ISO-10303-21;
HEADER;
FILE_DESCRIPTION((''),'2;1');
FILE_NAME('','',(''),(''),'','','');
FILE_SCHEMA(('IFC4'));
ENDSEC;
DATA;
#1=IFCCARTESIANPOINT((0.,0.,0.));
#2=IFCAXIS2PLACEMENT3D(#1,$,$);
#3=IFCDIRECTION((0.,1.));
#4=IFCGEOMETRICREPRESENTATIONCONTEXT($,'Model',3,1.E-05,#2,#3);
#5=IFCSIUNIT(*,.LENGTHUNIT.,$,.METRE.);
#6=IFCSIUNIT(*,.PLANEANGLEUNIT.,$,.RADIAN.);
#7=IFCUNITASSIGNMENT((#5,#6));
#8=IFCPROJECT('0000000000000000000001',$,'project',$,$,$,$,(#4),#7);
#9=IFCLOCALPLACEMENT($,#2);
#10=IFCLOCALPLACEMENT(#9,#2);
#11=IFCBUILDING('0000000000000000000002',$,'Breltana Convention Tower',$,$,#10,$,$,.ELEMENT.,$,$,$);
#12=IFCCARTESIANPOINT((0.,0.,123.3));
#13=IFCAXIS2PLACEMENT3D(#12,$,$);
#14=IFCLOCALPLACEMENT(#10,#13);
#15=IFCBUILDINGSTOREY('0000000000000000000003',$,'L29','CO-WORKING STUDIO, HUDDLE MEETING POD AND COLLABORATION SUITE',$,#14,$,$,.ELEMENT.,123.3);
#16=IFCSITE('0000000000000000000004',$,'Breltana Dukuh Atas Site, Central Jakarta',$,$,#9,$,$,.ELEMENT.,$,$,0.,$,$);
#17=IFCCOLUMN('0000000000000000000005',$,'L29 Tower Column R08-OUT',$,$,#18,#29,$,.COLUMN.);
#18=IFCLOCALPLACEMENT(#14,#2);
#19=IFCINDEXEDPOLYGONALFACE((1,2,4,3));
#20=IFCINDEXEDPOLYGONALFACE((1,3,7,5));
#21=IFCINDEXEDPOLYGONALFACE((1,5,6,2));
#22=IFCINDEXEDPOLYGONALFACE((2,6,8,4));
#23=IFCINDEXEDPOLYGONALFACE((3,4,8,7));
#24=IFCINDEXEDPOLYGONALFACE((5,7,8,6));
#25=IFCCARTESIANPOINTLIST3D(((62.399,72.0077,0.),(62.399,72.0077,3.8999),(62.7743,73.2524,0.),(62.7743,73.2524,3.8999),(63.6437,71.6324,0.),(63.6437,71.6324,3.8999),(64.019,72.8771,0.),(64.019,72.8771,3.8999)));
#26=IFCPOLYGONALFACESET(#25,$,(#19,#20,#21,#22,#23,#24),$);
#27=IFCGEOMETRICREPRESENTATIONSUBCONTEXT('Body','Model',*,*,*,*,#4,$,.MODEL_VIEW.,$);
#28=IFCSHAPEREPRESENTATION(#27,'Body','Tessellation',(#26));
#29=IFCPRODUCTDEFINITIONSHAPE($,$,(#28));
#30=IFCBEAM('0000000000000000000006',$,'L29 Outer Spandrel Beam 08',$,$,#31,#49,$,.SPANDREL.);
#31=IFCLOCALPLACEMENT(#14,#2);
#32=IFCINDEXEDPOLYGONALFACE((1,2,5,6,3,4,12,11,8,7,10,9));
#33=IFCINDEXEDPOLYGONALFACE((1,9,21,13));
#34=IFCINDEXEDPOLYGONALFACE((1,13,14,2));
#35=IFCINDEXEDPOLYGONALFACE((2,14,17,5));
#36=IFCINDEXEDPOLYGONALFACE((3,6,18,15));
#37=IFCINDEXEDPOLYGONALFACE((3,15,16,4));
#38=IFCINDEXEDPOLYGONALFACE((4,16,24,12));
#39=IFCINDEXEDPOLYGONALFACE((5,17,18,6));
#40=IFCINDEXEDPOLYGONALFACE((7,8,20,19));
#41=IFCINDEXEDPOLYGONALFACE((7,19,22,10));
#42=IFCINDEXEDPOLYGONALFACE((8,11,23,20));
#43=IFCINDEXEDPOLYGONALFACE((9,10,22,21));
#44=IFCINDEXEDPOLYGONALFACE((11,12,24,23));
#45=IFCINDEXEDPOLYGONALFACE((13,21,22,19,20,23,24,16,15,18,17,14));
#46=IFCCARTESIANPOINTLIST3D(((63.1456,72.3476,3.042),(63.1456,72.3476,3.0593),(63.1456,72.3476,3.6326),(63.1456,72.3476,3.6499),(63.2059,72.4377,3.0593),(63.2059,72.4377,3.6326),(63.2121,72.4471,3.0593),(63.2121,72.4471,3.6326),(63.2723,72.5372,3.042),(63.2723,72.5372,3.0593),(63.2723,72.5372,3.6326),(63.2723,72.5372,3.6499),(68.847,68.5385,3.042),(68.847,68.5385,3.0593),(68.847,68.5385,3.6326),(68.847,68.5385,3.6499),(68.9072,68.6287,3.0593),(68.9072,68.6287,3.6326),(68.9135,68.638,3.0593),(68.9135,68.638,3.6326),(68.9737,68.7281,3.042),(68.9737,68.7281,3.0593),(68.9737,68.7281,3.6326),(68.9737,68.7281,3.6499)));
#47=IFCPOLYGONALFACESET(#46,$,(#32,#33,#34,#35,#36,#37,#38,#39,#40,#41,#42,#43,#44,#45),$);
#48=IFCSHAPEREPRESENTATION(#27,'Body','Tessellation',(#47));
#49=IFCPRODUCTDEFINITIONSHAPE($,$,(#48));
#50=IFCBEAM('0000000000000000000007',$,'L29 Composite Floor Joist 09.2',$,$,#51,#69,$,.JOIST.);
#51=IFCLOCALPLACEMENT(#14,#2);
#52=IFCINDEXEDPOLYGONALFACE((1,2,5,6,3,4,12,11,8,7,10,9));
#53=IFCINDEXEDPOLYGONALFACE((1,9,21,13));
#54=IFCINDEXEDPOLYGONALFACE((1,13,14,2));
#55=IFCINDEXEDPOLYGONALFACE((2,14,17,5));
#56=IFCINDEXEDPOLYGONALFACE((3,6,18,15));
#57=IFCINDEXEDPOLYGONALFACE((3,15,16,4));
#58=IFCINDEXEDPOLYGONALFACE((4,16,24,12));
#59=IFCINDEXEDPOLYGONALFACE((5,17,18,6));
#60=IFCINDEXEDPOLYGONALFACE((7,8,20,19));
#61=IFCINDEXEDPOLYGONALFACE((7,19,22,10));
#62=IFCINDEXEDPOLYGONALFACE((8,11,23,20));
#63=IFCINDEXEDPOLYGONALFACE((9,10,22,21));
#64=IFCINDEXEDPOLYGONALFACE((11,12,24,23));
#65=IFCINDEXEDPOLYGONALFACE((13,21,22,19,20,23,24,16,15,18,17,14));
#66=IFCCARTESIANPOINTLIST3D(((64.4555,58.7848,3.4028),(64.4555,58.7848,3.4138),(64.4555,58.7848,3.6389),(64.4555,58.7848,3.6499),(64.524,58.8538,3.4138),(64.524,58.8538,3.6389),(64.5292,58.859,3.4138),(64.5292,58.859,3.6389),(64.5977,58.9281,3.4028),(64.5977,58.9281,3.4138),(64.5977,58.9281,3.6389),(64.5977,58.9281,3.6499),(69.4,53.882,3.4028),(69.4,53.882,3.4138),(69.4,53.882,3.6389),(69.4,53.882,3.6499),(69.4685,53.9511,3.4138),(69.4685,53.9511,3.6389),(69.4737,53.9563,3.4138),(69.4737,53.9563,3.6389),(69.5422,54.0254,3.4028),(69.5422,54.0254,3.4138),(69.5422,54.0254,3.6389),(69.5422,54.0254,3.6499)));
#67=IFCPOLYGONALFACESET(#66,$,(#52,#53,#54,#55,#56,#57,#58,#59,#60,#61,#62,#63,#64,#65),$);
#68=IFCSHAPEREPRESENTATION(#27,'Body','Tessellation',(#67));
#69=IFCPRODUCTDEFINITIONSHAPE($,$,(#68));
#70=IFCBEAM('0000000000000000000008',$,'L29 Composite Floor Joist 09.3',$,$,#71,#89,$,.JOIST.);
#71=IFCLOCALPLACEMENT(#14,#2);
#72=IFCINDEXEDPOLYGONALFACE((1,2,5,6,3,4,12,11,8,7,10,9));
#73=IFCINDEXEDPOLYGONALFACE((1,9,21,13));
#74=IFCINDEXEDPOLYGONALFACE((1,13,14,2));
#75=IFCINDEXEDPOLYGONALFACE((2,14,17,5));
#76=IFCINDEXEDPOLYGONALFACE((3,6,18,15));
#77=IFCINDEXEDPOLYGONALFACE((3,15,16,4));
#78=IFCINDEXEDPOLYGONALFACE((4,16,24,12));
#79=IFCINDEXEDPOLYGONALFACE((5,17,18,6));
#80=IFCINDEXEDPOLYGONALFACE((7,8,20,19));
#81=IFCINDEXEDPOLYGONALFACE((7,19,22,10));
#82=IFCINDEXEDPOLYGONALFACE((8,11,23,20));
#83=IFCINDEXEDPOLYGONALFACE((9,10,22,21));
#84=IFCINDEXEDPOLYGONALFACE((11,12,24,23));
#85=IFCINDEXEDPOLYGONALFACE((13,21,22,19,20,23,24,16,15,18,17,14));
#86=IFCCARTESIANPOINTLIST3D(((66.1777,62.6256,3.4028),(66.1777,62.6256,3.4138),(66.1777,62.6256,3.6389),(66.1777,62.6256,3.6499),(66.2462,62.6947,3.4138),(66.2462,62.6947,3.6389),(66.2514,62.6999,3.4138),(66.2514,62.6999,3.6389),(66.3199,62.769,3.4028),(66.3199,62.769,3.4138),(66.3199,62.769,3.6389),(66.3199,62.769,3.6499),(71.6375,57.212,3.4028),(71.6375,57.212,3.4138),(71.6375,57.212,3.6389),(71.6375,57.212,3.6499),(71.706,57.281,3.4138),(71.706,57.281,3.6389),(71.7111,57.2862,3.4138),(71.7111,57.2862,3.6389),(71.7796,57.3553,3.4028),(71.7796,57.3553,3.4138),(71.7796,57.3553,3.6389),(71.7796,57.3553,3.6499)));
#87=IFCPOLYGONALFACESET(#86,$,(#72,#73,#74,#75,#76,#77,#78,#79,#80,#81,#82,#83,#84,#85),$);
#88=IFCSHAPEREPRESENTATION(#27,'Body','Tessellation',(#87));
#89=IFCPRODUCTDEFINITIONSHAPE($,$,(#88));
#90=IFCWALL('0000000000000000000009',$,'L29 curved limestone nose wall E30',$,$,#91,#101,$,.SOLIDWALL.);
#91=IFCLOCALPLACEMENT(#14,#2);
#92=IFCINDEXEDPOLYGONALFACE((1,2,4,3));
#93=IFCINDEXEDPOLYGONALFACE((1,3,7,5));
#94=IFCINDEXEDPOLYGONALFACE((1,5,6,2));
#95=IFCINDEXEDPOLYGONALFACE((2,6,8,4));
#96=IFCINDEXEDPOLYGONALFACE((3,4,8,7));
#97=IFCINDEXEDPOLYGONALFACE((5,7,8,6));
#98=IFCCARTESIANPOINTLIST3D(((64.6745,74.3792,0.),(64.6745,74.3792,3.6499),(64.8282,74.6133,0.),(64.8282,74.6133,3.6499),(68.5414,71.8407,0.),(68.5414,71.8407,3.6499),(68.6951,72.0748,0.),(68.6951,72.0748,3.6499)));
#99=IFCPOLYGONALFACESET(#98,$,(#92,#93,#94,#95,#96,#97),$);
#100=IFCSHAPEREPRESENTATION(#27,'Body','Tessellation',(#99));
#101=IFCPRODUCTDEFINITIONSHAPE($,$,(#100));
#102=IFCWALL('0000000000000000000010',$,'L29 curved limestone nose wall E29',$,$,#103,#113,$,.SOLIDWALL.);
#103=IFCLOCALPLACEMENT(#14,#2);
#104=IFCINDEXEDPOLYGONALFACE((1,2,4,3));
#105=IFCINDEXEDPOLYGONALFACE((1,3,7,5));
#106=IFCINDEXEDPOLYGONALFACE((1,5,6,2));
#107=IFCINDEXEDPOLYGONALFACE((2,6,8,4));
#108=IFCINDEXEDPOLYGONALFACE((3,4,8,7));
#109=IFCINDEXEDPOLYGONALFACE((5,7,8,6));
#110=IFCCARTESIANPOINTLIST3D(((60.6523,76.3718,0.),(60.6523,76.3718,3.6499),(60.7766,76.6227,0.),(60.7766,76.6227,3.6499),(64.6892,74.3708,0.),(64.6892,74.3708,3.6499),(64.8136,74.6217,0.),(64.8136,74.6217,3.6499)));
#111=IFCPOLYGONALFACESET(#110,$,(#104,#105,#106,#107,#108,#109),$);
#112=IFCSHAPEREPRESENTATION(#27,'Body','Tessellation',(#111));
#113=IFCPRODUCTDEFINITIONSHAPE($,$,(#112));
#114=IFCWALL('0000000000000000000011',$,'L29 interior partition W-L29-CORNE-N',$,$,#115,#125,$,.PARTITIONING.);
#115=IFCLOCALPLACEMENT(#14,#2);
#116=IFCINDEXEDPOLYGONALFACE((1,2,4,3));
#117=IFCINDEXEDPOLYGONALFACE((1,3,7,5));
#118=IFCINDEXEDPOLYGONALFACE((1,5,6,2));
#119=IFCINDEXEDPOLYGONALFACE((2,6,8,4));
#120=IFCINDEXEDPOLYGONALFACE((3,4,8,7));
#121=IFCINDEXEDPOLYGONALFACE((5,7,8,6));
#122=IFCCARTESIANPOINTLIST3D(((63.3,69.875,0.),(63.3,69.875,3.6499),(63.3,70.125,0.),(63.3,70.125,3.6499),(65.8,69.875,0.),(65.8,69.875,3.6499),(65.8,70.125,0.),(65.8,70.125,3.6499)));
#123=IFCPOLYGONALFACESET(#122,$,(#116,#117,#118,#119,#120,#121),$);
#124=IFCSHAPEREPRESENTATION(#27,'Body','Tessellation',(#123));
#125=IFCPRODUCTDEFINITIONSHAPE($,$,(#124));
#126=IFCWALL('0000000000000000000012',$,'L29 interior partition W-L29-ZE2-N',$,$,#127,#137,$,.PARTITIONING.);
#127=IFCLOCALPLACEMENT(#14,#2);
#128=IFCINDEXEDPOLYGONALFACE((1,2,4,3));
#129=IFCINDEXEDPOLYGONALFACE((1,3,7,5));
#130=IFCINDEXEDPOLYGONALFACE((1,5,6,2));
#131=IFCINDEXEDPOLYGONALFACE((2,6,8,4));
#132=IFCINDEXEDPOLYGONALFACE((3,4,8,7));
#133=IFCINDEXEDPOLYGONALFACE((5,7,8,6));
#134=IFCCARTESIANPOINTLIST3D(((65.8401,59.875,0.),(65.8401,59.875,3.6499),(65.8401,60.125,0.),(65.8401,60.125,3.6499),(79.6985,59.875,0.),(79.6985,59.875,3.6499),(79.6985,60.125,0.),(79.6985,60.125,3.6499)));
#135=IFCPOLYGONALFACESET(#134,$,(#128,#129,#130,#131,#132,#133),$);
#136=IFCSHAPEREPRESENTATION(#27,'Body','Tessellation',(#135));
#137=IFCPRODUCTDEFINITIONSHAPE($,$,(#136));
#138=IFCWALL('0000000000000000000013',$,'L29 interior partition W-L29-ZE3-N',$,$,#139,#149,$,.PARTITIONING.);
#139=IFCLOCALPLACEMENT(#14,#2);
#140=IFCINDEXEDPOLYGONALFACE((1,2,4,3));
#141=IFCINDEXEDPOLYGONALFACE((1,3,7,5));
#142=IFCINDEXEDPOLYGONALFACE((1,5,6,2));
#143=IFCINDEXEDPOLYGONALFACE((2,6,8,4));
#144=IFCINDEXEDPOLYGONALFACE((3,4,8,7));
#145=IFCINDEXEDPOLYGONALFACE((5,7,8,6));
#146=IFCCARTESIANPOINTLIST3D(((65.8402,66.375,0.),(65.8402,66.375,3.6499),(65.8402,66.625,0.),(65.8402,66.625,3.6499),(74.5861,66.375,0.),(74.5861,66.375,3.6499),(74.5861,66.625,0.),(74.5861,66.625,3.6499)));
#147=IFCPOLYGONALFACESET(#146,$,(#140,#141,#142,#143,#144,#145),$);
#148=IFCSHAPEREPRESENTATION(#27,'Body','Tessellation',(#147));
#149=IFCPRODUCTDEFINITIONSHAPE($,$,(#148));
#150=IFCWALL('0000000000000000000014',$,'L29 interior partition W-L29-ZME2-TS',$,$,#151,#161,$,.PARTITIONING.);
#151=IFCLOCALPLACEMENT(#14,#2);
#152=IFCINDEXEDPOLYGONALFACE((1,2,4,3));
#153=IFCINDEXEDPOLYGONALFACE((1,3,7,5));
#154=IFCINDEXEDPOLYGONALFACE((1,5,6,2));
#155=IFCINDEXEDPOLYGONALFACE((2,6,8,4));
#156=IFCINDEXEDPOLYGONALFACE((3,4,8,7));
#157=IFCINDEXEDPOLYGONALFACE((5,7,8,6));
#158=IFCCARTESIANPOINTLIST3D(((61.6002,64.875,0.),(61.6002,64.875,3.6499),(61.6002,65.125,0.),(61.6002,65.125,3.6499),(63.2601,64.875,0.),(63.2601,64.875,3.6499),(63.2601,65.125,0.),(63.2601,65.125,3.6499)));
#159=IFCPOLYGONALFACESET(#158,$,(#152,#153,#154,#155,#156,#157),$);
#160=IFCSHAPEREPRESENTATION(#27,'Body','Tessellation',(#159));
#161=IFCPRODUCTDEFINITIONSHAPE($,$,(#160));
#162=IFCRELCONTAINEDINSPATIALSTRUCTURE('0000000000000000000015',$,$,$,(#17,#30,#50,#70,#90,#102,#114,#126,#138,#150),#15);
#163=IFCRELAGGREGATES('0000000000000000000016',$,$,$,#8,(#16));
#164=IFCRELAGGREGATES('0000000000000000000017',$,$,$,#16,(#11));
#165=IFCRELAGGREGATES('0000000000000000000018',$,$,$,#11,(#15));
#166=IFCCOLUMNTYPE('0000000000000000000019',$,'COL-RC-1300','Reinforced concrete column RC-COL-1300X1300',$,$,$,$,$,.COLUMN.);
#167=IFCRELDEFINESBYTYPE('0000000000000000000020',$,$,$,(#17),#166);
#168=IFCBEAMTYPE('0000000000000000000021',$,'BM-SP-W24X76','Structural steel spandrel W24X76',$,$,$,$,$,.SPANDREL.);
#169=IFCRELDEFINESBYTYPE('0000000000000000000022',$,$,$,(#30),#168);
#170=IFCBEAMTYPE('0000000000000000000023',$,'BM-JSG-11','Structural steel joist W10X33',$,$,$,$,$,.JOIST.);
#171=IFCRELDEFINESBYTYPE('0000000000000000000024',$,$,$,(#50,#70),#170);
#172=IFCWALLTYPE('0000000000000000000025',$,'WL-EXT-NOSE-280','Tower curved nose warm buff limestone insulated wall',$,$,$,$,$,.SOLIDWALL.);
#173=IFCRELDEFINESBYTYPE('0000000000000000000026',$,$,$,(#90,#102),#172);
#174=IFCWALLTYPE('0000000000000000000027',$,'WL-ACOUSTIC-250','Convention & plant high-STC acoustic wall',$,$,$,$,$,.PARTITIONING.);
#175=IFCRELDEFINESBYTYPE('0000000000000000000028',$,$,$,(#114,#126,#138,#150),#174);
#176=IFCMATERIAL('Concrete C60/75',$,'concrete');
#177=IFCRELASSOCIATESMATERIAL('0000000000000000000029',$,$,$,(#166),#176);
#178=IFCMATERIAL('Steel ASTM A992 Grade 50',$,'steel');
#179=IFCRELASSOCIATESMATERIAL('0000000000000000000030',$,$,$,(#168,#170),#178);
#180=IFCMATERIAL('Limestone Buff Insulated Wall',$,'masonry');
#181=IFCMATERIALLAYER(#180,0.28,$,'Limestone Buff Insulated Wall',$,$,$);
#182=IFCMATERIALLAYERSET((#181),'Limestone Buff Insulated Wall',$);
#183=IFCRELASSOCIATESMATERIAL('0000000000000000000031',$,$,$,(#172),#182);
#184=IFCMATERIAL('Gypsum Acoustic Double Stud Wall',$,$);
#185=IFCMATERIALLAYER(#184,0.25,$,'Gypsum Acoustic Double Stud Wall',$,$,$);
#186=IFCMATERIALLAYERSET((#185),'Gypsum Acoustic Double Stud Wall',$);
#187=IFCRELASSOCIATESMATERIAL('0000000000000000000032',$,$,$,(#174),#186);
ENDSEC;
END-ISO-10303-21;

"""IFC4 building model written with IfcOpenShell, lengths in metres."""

from ifc_helpers import new_model, si_unit, direction, frame, frame_2d, origin, origin_2d, place, context, subcontext, project, spatial, rectangle, i_section, extrude, source, transform, mapped, material, layer, layer_set, material_profile, profile_set, type_object, element, save


model = new_model("IFC4")

# Units and contexts
model_context = context("Model", 3, precision=1e-05, world=origin(), true_north=direction((0.0, 1.0)))
body_context = subcontext(model_context, "Body", "Model", "MODEL_VIEW")
ifc_project = project(units=[si_unit("LENGTHUNIT", "METRE"), si_unit("PLANEANGLEUNIT", "RADIAN")], contexts=[model_context])

# Site, building, storey
site_placement = place(None, origin())
site = spatial("IfcSite", under=ifc_project, at=site_placement, Name="Breltana Dukuh Atas Site, Central Jakarta", CompositionType="ELEMENT", RefElevation=0.0)
building_placement = place(site_placement, origin())
building = spatial("IfcBuilding", under=site, at=building_placement, Name="Breltana Convention Tower", CompositionType="ELEMENT")
storey_placement = place(building_placement, frame((0.0, 0.0, 123.3)))
storey = spatial("IfcBuildingStorey", under=building, at=storey_placement, Name="L29", Description="CO-WORKING STUDIO, HUDDLE MEETING POD AND COLLABORATION SUITE", CompositionType="ELEMENT", Elevation=123.3)

# Column
ifc_material_1 = material(Name="Concrete C60/75", Category="concrete")
ifc_material_profile_1 = material_profile(ifc_material_1, rectangle(XDim=1.3, YDim=1.3, at=origin_2d()), Name="RC-COL-1300X1300")
ifc_profile_set_1 = profile_set([ifc_material_profile_1], Name="Concrete C60/75")
column_type = type_object("IfcColumnType", Name="COL-RC-1300", Description="Reinforced concrete column RC-COL-1300X1300", PredefinedType="COLUMN", material=ifc_profile_set_1)
shared_shape_1 = source(origin(), body_context, "Body", "SweptSolid", [
    extrude(rectangle(XDim=1.3, YDim=1.3, at=origin_2d()), origin(), (0.0, 0.0, 1.0), 3.8999),
])
column_placement = place(storey_placement, frame((63.209, 72.4424, 0.0), z_axis=(0.0, 0.0, 1.0), x_axis=(0.288698, 0.95742, 0.0)))
element("IfcColumn", 1, at=column_placement, inside=storey, type_object=column_type, Name="L29 Tower Column R08-OUT", PredefinedType="COLUMN", context=body_context, shape_type="MappedRepresentation", body=[
    mapped(shared_shape_1, transform((0.0, 0.0, 0.0), scale=1.0)),
])

# Beams
ifc_material_2 = material(Name="Steel ASTM A992 Grade 50", Category="steel")
ifc_material_profile_2 = material_profile(ifc_material_2, i_section(OverallWidth=0.228, OverallDepth=0.6079, WebThickness=0.0112, FlangeThickness=0.0173, at=origin_2d()), Name="W24X76")
ifc_profile_set_2 = profile_set([ifc_material_profile_2], Name="Steel ASTM A992 Grade 50")
beam_type_1 = type_object("IfcBeamType", Name="BM-SP-W24X76", Description="Structural steel spandrel W24X76", PredefinedType="SPANDREL", material=ifc_profile_set_2)
shared_shape_2 = source(origin(), body_context, "Body", "SweptSolid", [
    extrude(i_section(OverallWidth=0.228, OverallDepth=0.6079, WebThickness=0.0112, FlangeThickness=0.0173, at=origin_2d()), origin(), (0.0, 0.0, 1.0), 6.8567),
])
beam_1_placement = place(storey_placement, frame((63.209, 72.4424, 3.3459), z_axis=(0.831502, -0.555522, 0.0), x_axis=(0.555522, 0.831502, 0.0)))
element("IfcBeam", 2, at=beam_1_placement, inside=storey, type_object=beam_type_1, Name="L29 Outer Spandrel Beam 08", PredefinedType="SPANDREL", context=body_context, shape_type="MappedRepresentation", body=[
    mapped(shared_shape_2, transform((0.0, 0.0, 0.0), scale=1.0)),
])
ifc_material_profile_3 = material_profile(ifc_material_2, i_section(OverallWidth=0.2019, OverallDepth=0.2471, WebThickness=0.0073, FlangeThickness=0.011, at=origin_2d()), Name="W10X33")
ifc_profile_set_3 = profile_set([ifc_material_profile_3], Name="Steel ASTM A992 Grade 50")
beam_type_2 = type_object("IfcBeamType", Name="BM-JSG-11", Description="Structural steel joist W10X33", PredefinedType="JOIST", material=ifc_profile_set_3)
shared_shape_3 = source(origin(), body_context, "Body", "SweptSolid", [
    extrude(i_section(OverallWidth=0.2019, OverallDepth=0.2471, WebThickness=0.0073, FlangeThickness=0.011, at=origin_2d()), origin(), (0.0, 0.0, 1.0), 6.9631),
])
beam_2_placement = place(storey_placement, frame((64.5266, 58.8564, 3.5264), z_axis=(0.710098, -0.704103, 0.0), x_axis=(0.704103, 0.710098, 0.0)))
element("IfcBeam", 3, at=beam_2_placement, inside=storey, type_object=beam_type_2, Name="L29 Composite Floor Joist 09.2", PredefinedType="JOIST", context=body_context, shape_type="MappedRepresentation", body=[
    mapped(shared_shape_3, transform((0.0, 0.0, 0.0), scale=1.0)),
])
shared_shape_4 = source(origin(), body_context, "Body", "SweptSolid", [
    extrude(i_section(OverallWidth=0.2019, OverallDepth=0.2471, WebThickness=0.0073, FlangeThickness=0.011, at=origin_2d()), origin(), (0.0, 0.0, 1.0), 7.6887),
])
beam_3_placement = place(storey_placement, frame((66.2488, 62.6973, 3.5264), z_axis=(0.710101, -0.7041, 0.0), x_axis=(0.7041, 0.710101, 0.0)))
element("IfcBeam", 4, at=beam_3_placement, inside=storey, type_object=beam_type_2, Name="L29 Composite Floor Joist 09.3", PredefinedType="JOIST", context=body_context, shape_type="MappedRepresentation", body=[
    mapped(shared_shape_4, transform((0.0, 0.0, 0.0), scale=1.0)),
])

# Walls
ifc_material_3 = material(Name="Limestone Buff Insulated Wall", Category="masonry")
ifc_layer_1 = layer(ifc_material_3, 0.28, Name="Limestone Buff Insulated Wall")
ifc_layer_set_1 = layer_set([ifc_layer_1], Name="Limestone Buff Insulated Wall")
wall_type_1 = type_object("IfcWallType", Name="WL-EXT-NOSE-280", Description="Tower curved nose warm buff limestone insulated wall", PredefinedType="SOLIDWALL", material=ifc_layer_set_1)
shared_shape_5 = source(origin(), body_context, "Body", "SweptSolid", [
    extrude(rectangle(XDim=4.6257, YDim=0.28, at=frame_2d((2.313, 0.0))), origin(), (0.0, 0.0, 1.0), 3.6499),
])
wall_1_placement = place(storey_placement, frame((64.7512, 74.4963, 0.0), z_axis=(0.0, 0.0, 1.0), x_axis=(0.835959, -0.548791, 0.0)))
element("IfcWall", 5, at=wall_1_placement, inside=storey, type_object=wall_type_1, Name="L29 curved limestone nose wall E30", PredefinedType="SOLIDWALL", context=body_context, shape_type="MappedRepresentation", body=[
    mapped(shared_shape_5, transform((0.0, 0.0, 0.0), scale=1.0)),
])
shared_shape_6 = source(origin(), body_context, "Body", "SweptSolid", [
    extrude(rectangle(XDim=4.5056, YDim=0.28, at=frame_2d((2.2529, 0.0))), origin(), (0.0, 0.0, 1.0), 3.6499),
])
wall_2_placement = place(storey_placement, frame((60.7144, 76.4973, 0.0), z_axis=(0.0, 0.0, 1.0), x_axis=(0.895972, -0.444111, 0.0)))
element("IfcWall", 6, at=wall_2_placement, inside=storey, type_object=wall_type_1, Name="L29 curved limestone nose wall E29", PredefinedType="SOLIDWALL", context=body_context, shape_type="MappedRepresentation", body=[
    mapped(shared_shape_6, transform((0.0, 0.0, 0.0), scale=1.0)),
])
ifc_material_4 = material(Name="Gypsum Acoustic Double Stud Wall")
ifc_layer_2 = layer(ifc_material_4, 0.25, Name="Gypsum Acoustic Double Stud Wall")
ifc_layer_set_2 = layer_set([ifc_layer_2], Name="Gypsum Acoustic Double Stud Wall")
wall_type_2 = type_object("IfcWallType", Name="WL-ACOUSTIC-250", Description="Convention & plant high-STC acoustic wall", PredefinedType="PARTITIONING", material=ifc_layer_set_2)
shared_shape_7 = source(origin(), body_context, "Body", "SweptSolid", [
    extrude(rectangle(XDim=2.5, YDim=0.25, at=frame_2d((1.25, 0.0))), origin(), (0.0, 0.0, 1.0), 3.6499),
])
wall_3_placement = place(storey_placement, frame((63.3, 70.0, 0.0), z_axis=(0.0, 0.0, 1.0), x_axis=(1.0, 0.0, 0.0)))
element("IfcWall", 7, at=wall_3_placement, inside=storey, type_object=wall_type_2, Name="L29 interior partition W-L29-CORNE-N", PredefinedType="PARTITIONING", context=body_context, shape_type="MappedRepresentation", body=[
    mapped(shared_shape_7, transform((0.0, 0.0, 0.0), scale=1.0)),
])
shared_shape_8 = source(origin(), body_context, "Body", "SweptSolid", [
    extrude(rectangle(XDim=13.8584, YDim=0.25, at=frame_2d((6.9292, 0.0))), origin(), (0.0, 0.0, 1.0), 3.6499),
])
wall_4_placement = place(storey_placement, frame((65.8401, 60.0, 0.0), z_axis=(0.0, 0.0, 1.0), x_axis=(1.0, 0.0, 0.0)))
element("IfcWall", 8, at=wall_4_placement, inside=storey, type_object=wall_type_2, Name="L29 interior partition W-L29-ZE2-N", PredefinedType="PARTITIONING", context=body_context, shape_type="MappedRepresentation", body=[
    mapped(shared_shape_8, transform((0.0, 0.0, 0.0), scale=1.0)),
])

# Wall
shared_shape_9 = source(origin(), body_context, "Body", "SweptSolid", [
    extrude(rectangle(XDim=8.7458, YDim=0.25, at=frame_2d((4.373, 0.0))), origin(), (0.0, 0.0, 1.0), 3.6499),
])
wall_5_placement = place(storey_placement, frame((65.8401, 66.5, 0.0), z_axis=(0.0, 0.0, 1.0), x_axis=(1.0, 0.0, 0.0)))
element("IfcWall", 9, at=wall_5_placement, inside=storey, type_object=wall_type_2, Name="L29 interior partition W-L29-ZE3-N", PredefinedType="PARTITIONING", context=body_context, shape_type="MappedRepresentation", body=[
    mapped(shared_shape_9, transform((0.0, 0.0, 0.0), scale=1.0)),
])

# Wall
shared_shape_10 = source(origin(), body_context, "Body", "SweptSolid", [
    extrude(rectangle(XDim=1.6599, YDim=0.25, at=frame_2d((0.8301, 0.0))), origin(), (0.0, 0.0, 1.0), 3.6499),
])
wall_6_placement = place(storey_placement, frame((61.6001, 65.0, 0.0), z_axis=(0.0, 0.0, 1.0), x_axis=(1.0, 0.0, 0.0)))
element("IfcWall", 10, at=wall_6_placement, inside=storey, type_object=wall_type_2, Name="L29 interior partition W-L29-ZME2-TS", PredefinedType="PARTITIONING", context=body_context, shape_type="MappedRepresentation", body=[
    mapped(shared_shape_10, transform((0.0, 0.0, 0.0), scale=1.0)),
])

save(model, "model.ifc")
